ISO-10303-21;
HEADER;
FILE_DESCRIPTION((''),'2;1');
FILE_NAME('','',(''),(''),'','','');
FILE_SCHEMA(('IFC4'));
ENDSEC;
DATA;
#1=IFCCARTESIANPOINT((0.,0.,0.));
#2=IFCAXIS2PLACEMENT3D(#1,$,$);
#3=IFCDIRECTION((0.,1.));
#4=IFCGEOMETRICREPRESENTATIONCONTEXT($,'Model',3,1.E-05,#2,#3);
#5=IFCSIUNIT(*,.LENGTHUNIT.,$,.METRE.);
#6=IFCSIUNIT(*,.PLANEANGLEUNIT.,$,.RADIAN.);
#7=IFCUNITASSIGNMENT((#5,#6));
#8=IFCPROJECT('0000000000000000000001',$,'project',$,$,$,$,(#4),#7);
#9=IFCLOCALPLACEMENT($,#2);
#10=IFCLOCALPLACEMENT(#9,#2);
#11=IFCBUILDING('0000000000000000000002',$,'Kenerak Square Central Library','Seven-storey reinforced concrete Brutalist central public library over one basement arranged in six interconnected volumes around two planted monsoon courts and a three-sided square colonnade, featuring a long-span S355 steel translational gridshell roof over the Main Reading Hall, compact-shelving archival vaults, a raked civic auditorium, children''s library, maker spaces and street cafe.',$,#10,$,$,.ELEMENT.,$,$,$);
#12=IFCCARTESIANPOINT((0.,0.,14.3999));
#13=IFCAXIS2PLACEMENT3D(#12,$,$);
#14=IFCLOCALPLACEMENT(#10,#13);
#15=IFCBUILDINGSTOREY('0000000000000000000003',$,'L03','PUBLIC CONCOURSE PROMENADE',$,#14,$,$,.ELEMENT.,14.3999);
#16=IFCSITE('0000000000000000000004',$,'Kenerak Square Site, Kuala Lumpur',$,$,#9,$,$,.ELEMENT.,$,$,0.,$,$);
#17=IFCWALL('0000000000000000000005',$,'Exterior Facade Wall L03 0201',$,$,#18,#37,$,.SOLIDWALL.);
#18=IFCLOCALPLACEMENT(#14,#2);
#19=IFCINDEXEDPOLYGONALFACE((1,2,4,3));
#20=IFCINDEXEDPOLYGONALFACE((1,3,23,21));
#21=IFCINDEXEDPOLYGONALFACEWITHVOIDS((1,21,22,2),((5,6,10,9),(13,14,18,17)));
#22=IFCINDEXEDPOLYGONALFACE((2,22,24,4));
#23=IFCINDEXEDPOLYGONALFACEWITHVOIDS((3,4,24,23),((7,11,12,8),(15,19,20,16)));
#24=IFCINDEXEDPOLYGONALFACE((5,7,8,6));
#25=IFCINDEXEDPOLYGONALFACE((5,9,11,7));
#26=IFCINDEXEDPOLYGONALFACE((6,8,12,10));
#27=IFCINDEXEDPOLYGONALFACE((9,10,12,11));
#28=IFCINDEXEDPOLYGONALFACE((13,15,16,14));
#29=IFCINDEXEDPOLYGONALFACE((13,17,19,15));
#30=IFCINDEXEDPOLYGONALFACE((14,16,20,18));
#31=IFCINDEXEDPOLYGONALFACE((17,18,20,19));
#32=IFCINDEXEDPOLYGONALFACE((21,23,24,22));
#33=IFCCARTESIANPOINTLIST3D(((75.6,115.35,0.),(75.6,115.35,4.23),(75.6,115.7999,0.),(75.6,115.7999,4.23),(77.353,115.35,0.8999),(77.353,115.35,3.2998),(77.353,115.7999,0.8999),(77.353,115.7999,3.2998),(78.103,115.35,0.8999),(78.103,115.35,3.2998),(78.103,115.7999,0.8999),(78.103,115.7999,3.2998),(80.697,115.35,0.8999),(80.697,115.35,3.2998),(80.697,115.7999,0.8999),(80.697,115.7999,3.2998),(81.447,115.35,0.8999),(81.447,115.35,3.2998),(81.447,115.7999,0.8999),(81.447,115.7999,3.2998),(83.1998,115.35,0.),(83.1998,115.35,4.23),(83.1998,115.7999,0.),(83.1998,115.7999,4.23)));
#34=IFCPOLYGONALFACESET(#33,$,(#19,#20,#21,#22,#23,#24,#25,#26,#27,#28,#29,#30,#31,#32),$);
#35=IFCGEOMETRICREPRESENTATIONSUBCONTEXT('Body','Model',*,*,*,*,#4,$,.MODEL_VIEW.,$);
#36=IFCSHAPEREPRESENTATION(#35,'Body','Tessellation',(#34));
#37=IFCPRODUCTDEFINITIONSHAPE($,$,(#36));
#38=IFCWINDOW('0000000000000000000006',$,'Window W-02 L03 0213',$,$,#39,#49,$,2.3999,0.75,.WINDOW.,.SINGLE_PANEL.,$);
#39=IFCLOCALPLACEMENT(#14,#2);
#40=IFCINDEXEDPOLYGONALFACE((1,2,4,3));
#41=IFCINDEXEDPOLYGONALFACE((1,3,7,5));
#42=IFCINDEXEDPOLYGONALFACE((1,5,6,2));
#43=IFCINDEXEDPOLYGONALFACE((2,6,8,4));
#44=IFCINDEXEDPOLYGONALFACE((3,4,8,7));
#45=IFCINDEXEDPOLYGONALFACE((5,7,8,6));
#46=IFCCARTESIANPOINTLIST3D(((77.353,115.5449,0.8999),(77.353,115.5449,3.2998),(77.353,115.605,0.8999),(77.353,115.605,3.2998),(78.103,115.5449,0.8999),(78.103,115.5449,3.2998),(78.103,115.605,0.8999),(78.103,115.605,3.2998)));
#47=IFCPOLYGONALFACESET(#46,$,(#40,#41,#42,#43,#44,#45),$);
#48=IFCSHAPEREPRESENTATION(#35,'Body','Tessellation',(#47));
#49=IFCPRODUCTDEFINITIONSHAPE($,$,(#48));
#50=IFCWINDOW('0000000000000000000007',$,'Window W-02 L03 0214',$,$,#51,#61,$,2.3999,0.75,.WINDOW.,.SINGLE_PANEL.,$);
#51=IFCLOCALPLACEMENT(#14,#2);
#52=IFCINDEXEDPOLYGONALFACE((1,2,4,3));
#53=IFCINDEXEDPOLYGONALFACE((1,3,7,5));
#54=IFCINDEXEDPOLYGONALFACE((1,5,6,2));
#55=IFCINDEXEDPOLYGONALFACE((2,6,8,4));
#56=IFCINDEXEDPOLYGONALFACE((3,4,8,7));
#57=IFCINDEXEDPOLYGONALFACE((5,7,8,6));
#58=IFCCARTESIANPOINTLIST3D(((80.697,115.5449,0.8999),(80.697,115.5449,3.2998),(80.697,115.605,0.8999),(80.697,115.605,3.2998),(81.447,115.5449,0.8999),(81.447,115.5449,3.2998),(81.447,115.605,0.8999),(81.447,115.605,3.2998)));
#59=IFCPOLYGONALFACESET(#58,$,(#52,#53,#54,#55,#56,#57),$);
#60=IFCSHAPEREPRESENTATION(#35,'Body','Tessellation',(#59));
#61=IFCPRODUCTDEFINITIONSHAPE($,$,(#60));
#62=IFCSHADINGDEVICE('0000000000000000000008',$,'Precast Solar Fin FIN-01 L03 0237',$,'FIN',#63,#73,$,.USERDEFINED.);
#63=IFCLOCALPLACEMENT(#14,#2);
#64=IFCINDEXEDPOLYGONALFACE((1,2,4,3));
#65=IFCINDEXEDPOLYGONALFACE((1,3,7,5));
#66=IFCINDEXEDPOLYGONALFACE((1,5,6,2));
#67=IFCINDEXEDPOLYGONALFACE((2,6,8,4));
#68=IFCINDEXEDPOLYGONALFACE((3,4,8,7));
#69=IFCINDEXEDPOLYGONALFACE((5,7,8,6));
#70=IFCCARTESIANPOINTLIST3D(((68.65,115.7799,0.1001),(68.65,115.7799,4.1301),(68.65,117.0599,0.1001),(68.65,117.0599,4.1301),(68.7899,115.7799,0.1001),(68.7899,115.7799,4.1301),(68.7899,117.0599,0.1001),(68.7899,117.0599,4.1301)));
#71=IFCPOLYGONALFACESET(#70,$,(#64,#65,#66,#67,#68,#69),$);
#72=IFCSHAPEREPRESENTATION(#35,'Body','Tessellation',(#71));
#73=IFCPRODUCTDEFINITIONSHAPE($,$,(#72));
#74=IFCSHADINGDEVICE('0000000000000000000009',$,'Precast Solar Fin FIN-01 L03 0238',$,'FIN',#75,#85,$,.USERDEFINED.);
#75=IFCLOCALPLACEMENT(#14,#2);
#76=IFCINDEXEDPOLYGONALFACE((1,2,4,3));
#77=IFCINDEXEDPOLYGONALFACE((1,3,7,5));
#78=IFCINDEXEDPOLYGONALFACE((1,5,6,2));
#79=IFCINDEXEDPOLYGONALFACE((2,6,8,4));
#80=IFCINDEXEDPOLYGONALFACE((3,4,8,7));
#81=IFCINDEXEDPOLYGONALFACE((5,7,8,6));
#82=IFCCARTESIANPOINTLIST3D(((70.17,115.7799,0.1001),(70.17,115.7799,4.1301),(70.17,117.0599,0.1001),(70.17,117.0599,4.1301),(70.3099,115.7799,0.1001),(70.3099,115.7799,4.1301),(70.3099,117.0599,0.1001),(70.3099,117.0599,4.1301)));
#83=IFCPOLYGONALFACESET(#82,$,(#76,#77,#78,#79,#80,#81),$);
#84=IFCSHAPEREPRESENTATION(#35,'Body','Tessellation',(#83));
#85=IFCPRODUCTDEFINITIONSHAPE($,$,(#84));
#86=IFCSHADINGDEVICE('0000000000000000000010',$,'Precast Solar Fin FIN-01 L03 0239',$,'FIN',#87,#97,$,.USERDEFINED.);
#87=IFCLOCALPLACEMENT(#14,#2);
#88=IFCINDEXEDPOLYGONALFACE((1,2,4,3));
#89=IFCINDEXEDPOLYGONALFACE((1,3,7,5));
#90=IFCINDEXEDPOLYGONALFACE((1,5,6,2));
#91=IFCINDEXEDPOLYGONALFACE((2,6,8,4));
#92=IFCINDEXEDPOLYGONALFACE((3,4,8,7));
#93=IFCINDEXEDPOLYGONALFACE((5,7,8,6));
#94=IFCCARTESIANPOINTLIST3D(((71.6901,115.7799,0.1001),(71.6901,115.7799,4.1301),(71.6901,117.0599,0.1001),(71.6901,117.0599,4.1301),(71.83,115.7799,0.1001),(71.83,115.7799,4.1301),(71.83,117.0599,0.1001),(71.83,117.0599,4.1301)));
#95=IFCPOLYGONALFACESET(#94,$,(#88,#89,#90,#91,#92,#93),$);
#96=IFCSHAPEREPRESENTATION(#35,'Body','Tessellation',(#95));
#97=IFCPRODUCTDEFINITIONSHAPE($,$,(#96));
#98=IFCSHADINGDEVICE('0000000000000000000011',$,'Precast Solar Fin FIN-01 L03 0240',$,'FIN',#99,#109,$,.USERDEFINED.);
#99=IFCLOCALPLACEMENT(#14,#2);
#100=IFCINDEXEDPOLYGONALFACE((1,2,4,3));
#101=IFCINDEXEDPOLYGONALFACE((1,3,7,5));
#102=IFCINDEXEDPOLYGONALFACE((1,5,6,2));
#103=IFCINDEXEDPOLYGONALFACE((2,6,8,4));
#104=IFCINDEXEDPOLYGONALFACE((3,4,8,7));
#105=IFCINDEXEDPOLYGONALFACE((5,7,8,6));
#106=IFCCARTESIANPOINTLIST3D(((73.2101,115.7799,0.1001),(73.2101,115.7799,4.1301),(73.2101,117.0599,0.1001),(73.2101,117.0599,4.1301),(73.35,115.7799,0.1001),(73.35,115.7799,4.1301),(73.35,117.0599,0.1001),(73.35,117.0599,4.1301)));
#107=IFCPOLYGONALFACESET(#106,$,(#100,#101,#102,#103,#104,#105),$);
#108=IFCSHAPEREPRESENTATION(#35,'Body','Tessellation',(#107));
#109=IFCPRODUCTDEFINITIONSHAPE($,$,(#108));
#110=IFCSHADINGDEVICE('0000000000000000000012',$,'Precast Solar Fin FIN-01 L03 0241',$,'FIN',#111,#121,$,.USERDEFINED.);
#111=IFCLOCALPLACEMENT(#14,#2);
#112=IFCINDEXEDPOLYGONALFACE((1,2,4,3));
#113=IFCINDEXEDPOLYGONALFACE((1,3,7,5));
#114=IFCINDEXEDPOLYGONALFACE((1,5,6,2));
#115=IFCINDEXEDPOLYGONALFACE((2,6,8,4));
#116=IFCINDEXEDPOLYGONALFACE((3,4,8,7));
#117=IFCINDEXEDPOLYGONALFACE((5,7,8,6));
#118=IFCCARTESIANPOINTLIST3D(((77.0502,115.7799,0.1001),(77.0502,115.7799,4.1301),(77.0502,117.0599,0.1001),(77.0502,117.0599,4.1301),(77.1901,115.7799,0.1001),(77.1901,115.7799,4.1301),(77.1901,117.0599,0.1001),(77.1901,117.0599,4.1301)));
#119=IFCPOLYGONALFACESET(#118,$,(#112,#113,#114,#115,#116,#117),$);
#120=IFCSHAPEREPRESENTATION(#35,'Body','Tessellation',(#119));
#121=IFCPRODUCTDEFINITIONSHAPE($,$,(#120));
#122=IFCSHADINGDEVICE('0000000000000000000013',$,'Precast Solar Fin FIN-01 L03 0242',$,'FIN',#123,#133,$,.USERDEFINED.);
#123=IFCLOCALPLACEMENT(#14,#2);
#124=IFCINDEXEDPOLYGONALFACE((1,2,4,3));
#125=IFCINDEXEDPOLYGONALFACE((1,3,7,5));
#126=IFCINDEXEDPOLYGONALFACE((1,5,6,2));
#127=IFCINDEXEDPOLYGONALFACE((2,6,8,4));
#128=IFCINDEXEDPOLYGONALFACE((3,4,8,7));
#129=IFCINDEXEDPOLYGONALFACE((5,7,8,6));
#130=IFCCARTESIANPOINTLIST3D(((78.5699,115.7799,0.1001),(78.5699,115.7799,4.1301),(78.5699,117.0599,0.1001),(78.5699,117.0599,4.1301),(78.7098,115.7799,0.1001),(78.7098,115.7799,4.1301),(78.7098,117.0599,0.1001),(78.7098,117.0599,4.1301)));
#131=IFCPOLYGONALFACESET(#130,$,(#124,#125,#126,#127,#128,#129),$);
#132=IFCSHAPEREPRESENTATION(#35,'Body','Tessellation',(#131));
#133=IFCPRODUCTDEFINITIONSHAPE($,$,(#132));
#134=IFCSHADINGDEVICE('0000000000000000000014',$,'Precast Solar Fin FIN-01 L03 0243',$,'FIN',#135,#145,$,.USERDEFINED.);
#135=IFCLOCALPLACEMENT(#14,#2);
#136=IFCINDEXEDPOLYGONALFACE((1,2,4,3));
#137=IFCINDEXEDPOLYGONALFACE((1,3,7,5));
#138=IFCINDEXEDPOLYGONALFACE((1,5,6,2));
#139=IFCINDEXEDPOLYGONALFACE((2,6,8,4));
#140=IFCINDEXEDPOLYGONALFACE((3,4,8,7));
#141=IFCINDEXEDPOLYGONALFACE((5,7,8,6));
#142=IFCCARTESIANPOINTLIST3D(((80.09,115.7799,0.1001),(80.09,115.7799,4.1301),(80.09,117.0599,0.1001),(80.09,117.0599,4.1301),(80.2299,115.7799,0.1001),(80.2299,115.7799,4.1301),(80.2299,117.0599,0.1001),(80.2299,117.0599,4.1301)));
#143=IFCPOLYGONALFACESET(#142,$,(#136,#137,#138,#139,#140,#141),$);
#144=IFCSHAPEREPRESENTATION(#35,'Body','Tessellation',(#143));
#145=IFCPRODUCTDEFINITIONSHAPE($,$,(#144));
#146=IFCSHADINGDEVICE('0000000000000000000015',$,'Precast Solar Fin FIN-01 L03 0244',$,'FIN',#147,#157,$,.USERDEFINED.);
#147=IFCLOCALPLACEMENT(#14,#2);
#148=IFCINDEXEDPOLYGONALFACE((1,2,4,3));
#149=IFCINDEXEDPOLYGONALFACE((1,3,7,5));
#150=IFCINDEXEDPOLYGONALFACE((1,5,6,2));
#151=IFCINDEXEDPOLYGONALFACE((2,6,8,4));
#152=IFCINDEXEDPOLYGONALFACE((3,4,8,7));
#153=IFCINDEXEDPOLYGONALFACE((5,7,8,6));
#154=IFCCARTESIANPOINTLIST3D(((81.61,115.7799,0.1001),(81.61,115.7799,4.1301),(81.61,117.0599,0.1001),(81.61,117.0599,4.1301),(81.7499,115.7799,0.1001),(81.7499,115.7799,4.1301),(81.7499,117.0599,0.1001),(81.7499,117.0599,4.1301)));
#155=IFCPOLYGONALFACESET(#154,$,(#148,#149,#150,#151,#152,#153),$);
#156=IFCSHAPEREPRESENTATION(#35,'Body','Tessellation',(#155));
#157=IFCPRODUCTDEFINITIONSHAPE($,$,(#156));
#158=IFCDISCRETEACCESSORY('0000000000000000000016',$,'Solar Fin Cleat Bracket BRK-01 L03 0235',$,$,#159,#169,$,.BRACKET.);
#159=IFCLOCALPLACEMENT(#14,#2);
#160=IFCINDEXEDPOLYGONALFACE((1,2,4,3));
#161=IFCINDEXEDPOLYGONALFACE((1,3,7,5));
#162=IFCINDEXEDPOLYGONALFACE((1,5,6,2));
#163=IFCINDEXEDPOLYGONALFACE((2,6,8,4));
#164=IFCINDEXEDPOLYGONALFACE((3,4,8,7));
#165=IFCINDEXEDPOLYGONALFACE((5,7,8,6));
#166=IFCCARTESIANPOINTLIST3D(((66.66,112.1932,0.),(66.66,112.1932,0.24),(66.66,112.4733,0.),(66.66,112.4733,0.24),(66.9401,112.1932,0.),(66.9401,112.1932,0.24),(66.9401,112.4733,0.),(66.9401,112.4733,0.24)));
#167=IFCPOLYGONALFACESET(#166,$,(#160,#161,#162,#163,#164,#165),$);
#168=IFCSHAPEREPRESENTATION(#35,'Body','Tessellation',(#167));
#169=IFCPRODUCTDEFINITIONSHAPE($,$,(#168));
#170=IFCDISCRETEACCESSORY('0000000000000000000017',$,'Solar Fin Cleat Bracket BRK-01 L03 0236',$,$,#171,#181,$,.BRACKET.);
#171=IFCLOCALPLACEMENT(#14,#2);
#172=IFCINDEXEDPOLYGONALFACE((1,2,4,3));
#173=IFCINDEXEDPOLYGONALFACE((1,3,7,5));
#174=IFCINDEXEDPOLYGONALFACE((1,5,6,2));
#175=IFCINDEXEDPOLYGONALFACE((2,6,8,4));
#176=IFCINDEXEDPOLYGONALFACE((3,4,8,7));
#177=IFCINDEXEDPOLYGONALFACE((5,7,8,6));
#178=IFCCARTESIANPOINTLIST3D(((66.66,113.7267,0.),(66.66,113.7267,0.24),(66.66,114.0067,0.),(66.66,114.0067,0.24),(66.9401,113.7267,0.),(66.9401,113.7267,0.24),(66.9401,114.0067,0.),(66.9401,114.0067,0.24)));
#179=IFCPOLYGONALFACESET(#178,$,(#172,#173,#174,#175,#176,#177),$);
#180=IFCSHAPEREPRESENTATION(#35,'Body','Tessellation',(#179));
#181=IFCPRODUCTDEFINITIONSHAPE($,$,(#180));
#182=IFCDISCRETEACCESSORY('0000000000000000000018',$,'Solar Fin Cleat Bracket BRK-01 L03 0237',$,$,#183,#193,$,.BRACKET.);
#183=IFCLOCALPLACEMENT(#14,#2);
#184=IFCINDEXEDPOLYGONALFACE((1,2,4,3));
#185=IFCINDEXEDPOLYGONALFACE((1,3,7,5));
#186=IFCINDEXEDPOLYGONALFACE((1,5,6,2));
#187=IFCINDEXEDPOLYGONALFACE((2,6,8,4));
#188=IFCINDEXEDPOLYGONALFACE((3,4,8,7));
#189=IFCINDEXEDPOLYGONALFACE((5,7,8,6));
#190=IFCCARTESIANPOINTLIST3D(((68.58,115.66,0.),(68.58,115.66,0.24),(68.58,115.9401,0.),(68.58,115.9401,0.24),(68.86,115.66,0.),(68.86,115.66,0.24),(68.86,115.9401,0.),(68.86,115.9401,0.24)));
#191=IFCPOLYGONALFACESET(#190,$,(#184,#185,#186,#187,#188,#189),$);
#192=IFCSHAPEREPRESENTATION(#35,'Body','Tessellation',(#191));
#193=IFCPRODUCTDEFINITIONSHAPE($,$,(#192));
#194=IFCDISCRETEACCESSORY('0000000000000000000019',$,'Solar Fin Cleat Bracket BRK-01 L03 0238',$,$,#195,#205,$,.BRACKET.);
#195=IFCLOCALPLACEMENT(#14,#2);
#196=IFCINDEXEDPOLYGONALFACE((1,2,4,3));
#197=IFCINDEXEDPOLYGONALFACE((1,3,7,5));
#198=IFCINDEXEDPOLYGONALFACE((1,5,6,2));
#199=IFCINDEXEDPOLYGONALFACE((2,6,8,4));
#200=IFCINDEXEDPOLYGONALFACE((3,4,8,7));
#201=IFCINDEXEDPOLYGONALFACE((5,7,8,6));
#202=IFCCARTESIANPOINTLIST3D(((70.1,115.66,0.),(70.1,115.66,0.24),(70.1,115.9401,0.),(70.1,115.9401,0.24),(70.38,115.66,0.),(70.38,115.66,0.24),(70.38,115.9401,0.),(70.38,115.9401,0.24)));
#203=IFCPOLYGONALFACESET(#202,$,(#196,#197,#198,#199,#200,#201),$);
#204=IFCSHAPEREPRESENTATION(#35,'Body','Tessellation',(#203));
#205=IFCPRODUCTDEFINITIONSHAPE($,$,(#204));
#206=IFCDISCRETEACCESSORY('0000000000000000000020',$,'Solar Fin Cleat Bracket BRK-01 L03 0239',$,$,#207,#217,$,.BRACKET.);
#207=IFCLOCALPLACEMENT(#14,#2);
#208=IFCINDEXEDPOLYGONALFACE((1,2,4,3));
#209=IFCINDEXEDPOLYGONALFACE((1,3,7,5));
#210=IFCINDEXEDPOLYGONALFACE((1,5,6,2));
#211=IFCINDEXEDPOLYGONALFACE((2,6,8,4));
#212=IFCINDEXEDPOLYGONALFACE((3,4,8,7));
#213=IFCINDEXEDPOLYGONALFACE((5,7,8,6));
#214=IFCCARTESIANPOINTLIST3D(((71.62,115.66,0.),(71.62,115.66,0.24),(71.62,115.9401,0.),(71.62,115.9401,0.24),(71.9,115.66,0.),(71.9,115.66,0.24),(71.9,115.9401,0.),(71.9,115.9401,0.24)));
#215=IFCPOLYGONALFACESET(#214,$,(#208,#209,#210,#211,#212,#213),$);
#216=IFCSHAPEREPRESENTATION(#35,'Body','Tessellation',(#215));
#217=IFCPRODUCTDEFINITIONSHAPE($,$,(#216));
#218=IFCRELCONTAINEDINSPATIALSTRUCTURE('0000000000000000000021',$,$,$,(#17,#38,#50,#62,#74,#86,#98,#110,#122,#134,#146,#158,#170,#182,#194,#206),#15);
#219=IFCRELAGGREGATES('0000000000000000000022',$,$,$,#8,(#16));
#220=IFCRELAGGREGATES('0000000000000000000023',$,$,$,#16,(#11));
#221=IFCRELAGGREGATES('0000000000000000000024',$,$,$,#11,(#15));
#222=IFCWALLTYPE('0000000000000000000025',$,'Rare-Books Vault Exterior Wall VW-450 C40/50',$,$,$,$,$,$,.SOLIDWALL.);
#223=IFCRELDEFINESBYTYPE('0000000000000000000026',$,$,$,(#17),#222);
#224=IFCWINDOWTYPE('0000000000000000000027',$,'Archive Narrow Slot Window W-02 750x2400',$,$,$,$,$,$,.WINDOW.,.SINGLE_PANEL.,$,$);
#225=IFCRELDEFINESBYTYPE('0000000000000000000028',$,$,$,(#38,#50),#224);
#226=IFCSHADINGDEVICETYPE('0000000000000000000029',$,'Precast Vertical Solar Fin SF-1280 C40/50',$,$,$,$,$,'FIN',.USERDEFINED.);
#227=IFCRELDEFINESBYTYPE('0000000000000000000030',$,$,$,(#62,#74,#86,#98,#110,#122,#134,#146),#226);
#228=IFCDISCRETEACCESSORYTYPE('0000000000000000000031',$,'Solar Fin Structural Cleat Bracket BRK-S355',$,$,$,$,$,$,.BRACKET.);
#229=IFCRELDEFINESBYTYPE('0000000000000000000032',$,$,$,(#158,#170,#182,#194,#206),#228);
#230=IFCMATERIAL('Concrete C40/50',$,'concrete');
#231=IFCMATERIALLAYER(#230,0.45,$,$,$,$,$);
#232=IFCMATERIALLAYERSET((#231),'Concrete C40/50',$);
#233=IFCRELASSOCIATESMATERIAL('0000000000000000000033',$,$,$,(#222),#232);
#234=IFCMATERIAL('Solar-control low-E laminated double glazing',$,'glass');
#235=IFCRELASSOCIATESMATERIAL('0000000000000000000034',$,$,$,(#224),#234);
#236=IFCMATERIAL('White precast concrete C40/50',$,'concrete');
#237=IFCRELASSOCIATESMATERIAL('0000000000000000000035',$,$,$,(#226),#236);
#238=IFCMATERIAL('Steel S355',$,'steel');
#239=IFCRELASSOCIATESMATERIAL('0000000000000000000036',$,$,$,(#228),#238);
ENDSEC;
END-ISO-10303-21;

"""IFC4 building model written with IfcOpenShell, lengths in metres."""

from ifc_helpers import new_model, si_unit, direction, frame, frame_2d, origin, origin_2d, place, context, subcontext, project, spatial, rectangle, extrude, material, layer, layer_set, type_object, element, fill, save


model = new_model("IFC4")

# Units and contexts
model_context = context("Model", 3, precision=1e-05, world=origin(), true_north=direction((0.0, 1.0)))
body_context = subcontext(model_context, "Body", "Model", "MODEL_VIEW")
ifc_project = project(units=[si_unit("LENGTHUNIT", "METRE"), si_unit("PLANEANGLEUNIT", "RADIAN")], contexts=[model_context])

# Site, building, storey
site_placement = place(None, origin())
site = spatial("IfcSite", under=ifc_project, at=site_placement, Name="Kenerak Square Site, Kuala Lumpur", CompositionType="ELEMENT", RefElevation=0.0)
building_placement = place(site_placement, origin())
building = spatial("IfcBuilding", under=site, at=building_placement, Name="Kenerak Square Central Library", Description="Seven-storey reinforced concrete Brutalist central public library over one basement arranged in six interconnected volumes around two planted monsoon courts and a three-sided square colonnade, featuring a long-span S355 steel translational gridshell roof over the Main Reading Hall, compact-shelving archival vaults, a raked civic auditorium, children's library, maker spaces and street cafe.", CompositionType="ELEMENT")
storey_placement = place(building_placement, frame((0.0, 0.0, 14.3999)))
storey = spatial("IfcBuildingStorey", under=building, at=storey_placement, Name="L03", Description="PUBLIC CONCOURSE PROMENADE", CompositionType="ELEMENT", Elevation=14.3999)

# Shared definitions
ifc_material_1 = material(Name="Concrete C40/50", Category="concrete")

# Shared definitions
ifc_layer_1 = layer(ifc_material_1, 0.45)
ifc_layer_set_1 = layer_set([ifc_layer_1], Name="Concrete C40/50")
wall_type_1 = type_object("IfcWallType", Name="Rare-Books Vault Exterior Wall VW-450 C40/50", PredefinedType="SOLIDWALL", material=ifc_layer_set_1)
ifc_material_2 = material(Name="Solar-control low-E laminated double glazing", Category="glass")
window_type = type_object("IfcWindowType", Name="Archive Narrow Slot Window W-02 750x2400", PartitioningType="SINGLE_PANEL", PredefinedType="WINDOW", material=ifc_material_2)

# Wall, openings, windows
wall_1_placement = place(storey_placement, frame((75.6001, 115.575, 0.0), z_axis=(0.0, 0.0, 1.0), x_axis=(1.0, 0.0, 0.0)))
wall_1 = element("IfcWall", 1, at=wall_1_placement, inside=storey, type_object=wall_type_1, Name="Exterior Facade Wall L03 0201", PredefinedType="SOLIDWALL", context=body_context, shape_type="SweptSolid", body=[
    extrude(rectangle(XDim=7.5999, YDim=0.45, at=frame_2d((3.7998, 0.0))), origin(), (0.0, 0.0, 1.0), 4.23),
])
opening_1_placement = place(wall_1_placement, frame((1.7529, 0.0, 0.8999)))
opening_1 = element("IfcOpeningElement", 2, at=opening_1_placement, cuts=wall_1, PredefinedType="OPENING", context=body_context, shape_type="SweptSolid", body=[
    extrude(rectangle(XDim=0.75, YDim=2.3999, at=frame_2d((0.375, 1.2))), frame((0.0, 0.2349, 0.0), z_axis=(0.0, -1.0, 0.0), x_axis=(1.0, 0.0, 0.0)), (0.0, 0.0, 1.0), 0.47),
])
opening_2_placement = place(wall_1_placement, frame((5.0969, 0.0, 0.8999)))
opening_2 = element("IfcOpeningElement", 3, at=opening_2_placement, cuts=wall_1, PredefinedType="OPENING", context=body_context, shape_type="SweptSolid", body=[
    extrude(rectangle(XDim=0.75, YDim=2.3999, at=frame_2d((0.375, 1.2))), frame((0.0, 0.2349, 0.0), z_axis=(0.0, -1.0, 0.0), x_axis=(1.0, 0.0, 0.0)), (0.0, 0.0, 1.0), 0.47),
])
window_1_placement = place(opening_1_placement, origin())
window_1 = element("IfcWindow", 4, at=window_1_placement, inside=storey, type_object=window_type, Name="Window W-02 L03 0213", OverallHeight=2.3999, OverallWidth=0.75, PartitioningType="SINGLE_PANEL", PredefinedType="WINDOW", context=body_context, shape_type="SweptSolid", body=[
    extrude(rectangle(XDim=0.75, YDim=2.3999, at=frame_2d((0.375, 1.2))), frame((0.0, 0.03, 0.0), z_axis=(0.0, -1.0, 0.0), x_axis=(1.0, 0.0, 0.0)), (0.0, 0.0, 1.0), 0.0601),
])
fill(opening_1, window_1)
window_2_placement = place(opening_2_placement, origin())
window_2 = element("IfcWindow", 5, at=window_2_placement, inside=storey, type_object=window_type, Name="Window W-02 L03 0214", OverallHeight=2.3999, OverallWidth=0.75, PartitioningType="SINGLE_PANEL", PredefinedType="WINDOW", context=body_context, shape_type="SweptSolid", body=[
    extrude(rectangle(XDim=0.75, YDim=2.3999, at=frame_2d((0.375, 1.2))), frame((0.0, 0.03, 0.0), z_axis=(0.0, -1.0, 0.0), x_axis=(1.0, 0.0, 0.0)), (0.0, 0.0, 1.0), 0.0601),
])
fill(opening_2, window_2)

# Shading devices
ifc_material_3 = material(Name="White precast concrete C40/50", Category="concrete")
shading_device_type = type_object("IfcShadingDeviceType", Name="Precast Vertical Solar Fin SF-1280 C40/50", ElementType="FIN", PredefinedType="USERDEFINED", material=ifc_material_3)
for number, where, z_axis, x_axis, name in (
    (6, (68.72, 116.4199, 0.1001), (0.0, 0.0, 1.0), (1.0, 0.0, 0.0), "Precast Solar Fin FIN-01 L03 0237"),
    (7, (70.24, 116.4199, 0.1001), (0.0, 0.0, 1.0), (1.0, 0.0, 0.0), "Precast Solar Fin FIN-01 L03 0238"),
    (8, (71.76, 116.4199, 0.1001), (0.0, 0.0, 1.0), (1.0, 0.0, 0.0), "Precast Solar Fin FIN-01 L03 0239"),
    (9, (73.28, 116.4199, 0.1001), (0.0, 0.0, 1.0), (1.0, 0.0, 0.0), "Precast Solar Fin FIN-01 L03 0240"),
    (10, (77.1201, 116.4199, 0.1001), (0.0, 0.0, 1.0), (1.0, 0.0, 0.0), "Precast Solar Fin FIN-01 L03 0241"),
    (11, (78.6399, 116.4199, 0.1001), (0.0, 0.0, 1.0), (1.0, 0.0, 0.0), "Precast Solar Fin FIN-01 L03 0242"),
    (12, (80.1599, 116.4199, 0.1001), (0.0, 0.0, 1.0), (1.0, 0.0, 0.0), "Precast Solar Fin FIN-01 L03 0243"),
    (13, (81.6799, 116.4199, 0.1001), (0.0, 0.0, 1.0), (1.0, 0.0, 0.0), "Precast Solar Fin FIN-01 L03 0244"),
):
    element("IfcShadingDevice", number, at=place(storey_placement, frame(where, z_axis=z_axis, x_axis=x_axis)), inside=storey, type_object=shading_device_type, Name=name, ObjectType="FIN", PredefinedType="USERDEFINED", context=body_context, shape_type="SweptSolid", body=[
        extrude(rectangle(XDim=0.1399, YDim=1.28, at=origin_2d()), origin(), (0.0, 0.0, 1.0), 4.03),
    ])

# Discrete accessories
ifc_material_4 = material(Name="Steel S355", Category="steel")
discrete_accessory_type = type_object("IfcDiscreteAccessoryType", Name="Solar Fin Structural Cleat Bracket BRK-S355", PredefinedType="BRACKET", material=ifc_material_4)
for number, where, z_axis, x_axis, name in (
    (14, (66.8, 112.3333, 0.0), (0.0, 0.0, 1.0), (0.0, 1.0, 0.0), "Solar Fin Cleat Bracket BRK-01 L03 0235"),
    (15, (66.8, 113.8667, 0.0), (0.0, 0.0, 1.0), (0.0, 1.0, 0.0), "Solar Fin Cleat Bracket BRK-01 L03 0236"),
    (16, (68.72, 115.8, 0.0), (0.0, 0.0, 1.0), (1.0, 0.0, 0.0), "Solar Fin Cleat Bracket BRK-01 L03 0237"),
    (17, (70.24, 115.8, 0.0), (0.0, 0.0, 1.0), (1.0, 0.0, 0.0), "Solar Fin Cleat Bracket BRK-01 L03 0238"),
    (18, (71.76, 115.8, 0.0), (0.0, 0.0, 1.0), (1.0, 0.0, 0.0), "Solar Fin Cleat Bracket BRK-01 L03 0239"),
):
    element("IfcDiscreteAccessory", number, at=place(storey_placement, frame(where, z_axis=z_axis, x_axis=x_axis)), inside=storey, type_object=discrete_accessory_type, Name=name, PredefinedType="BRACKET", context=body_context, shape_type="SweptSolid", body=[
        extrude(rectangle(XDim=0.28, YDim=0.28, at=origin_2d()), origin(), (0.0, 0.0, 1.0), 0.24),
    ])

save(model, "model.ifc")
